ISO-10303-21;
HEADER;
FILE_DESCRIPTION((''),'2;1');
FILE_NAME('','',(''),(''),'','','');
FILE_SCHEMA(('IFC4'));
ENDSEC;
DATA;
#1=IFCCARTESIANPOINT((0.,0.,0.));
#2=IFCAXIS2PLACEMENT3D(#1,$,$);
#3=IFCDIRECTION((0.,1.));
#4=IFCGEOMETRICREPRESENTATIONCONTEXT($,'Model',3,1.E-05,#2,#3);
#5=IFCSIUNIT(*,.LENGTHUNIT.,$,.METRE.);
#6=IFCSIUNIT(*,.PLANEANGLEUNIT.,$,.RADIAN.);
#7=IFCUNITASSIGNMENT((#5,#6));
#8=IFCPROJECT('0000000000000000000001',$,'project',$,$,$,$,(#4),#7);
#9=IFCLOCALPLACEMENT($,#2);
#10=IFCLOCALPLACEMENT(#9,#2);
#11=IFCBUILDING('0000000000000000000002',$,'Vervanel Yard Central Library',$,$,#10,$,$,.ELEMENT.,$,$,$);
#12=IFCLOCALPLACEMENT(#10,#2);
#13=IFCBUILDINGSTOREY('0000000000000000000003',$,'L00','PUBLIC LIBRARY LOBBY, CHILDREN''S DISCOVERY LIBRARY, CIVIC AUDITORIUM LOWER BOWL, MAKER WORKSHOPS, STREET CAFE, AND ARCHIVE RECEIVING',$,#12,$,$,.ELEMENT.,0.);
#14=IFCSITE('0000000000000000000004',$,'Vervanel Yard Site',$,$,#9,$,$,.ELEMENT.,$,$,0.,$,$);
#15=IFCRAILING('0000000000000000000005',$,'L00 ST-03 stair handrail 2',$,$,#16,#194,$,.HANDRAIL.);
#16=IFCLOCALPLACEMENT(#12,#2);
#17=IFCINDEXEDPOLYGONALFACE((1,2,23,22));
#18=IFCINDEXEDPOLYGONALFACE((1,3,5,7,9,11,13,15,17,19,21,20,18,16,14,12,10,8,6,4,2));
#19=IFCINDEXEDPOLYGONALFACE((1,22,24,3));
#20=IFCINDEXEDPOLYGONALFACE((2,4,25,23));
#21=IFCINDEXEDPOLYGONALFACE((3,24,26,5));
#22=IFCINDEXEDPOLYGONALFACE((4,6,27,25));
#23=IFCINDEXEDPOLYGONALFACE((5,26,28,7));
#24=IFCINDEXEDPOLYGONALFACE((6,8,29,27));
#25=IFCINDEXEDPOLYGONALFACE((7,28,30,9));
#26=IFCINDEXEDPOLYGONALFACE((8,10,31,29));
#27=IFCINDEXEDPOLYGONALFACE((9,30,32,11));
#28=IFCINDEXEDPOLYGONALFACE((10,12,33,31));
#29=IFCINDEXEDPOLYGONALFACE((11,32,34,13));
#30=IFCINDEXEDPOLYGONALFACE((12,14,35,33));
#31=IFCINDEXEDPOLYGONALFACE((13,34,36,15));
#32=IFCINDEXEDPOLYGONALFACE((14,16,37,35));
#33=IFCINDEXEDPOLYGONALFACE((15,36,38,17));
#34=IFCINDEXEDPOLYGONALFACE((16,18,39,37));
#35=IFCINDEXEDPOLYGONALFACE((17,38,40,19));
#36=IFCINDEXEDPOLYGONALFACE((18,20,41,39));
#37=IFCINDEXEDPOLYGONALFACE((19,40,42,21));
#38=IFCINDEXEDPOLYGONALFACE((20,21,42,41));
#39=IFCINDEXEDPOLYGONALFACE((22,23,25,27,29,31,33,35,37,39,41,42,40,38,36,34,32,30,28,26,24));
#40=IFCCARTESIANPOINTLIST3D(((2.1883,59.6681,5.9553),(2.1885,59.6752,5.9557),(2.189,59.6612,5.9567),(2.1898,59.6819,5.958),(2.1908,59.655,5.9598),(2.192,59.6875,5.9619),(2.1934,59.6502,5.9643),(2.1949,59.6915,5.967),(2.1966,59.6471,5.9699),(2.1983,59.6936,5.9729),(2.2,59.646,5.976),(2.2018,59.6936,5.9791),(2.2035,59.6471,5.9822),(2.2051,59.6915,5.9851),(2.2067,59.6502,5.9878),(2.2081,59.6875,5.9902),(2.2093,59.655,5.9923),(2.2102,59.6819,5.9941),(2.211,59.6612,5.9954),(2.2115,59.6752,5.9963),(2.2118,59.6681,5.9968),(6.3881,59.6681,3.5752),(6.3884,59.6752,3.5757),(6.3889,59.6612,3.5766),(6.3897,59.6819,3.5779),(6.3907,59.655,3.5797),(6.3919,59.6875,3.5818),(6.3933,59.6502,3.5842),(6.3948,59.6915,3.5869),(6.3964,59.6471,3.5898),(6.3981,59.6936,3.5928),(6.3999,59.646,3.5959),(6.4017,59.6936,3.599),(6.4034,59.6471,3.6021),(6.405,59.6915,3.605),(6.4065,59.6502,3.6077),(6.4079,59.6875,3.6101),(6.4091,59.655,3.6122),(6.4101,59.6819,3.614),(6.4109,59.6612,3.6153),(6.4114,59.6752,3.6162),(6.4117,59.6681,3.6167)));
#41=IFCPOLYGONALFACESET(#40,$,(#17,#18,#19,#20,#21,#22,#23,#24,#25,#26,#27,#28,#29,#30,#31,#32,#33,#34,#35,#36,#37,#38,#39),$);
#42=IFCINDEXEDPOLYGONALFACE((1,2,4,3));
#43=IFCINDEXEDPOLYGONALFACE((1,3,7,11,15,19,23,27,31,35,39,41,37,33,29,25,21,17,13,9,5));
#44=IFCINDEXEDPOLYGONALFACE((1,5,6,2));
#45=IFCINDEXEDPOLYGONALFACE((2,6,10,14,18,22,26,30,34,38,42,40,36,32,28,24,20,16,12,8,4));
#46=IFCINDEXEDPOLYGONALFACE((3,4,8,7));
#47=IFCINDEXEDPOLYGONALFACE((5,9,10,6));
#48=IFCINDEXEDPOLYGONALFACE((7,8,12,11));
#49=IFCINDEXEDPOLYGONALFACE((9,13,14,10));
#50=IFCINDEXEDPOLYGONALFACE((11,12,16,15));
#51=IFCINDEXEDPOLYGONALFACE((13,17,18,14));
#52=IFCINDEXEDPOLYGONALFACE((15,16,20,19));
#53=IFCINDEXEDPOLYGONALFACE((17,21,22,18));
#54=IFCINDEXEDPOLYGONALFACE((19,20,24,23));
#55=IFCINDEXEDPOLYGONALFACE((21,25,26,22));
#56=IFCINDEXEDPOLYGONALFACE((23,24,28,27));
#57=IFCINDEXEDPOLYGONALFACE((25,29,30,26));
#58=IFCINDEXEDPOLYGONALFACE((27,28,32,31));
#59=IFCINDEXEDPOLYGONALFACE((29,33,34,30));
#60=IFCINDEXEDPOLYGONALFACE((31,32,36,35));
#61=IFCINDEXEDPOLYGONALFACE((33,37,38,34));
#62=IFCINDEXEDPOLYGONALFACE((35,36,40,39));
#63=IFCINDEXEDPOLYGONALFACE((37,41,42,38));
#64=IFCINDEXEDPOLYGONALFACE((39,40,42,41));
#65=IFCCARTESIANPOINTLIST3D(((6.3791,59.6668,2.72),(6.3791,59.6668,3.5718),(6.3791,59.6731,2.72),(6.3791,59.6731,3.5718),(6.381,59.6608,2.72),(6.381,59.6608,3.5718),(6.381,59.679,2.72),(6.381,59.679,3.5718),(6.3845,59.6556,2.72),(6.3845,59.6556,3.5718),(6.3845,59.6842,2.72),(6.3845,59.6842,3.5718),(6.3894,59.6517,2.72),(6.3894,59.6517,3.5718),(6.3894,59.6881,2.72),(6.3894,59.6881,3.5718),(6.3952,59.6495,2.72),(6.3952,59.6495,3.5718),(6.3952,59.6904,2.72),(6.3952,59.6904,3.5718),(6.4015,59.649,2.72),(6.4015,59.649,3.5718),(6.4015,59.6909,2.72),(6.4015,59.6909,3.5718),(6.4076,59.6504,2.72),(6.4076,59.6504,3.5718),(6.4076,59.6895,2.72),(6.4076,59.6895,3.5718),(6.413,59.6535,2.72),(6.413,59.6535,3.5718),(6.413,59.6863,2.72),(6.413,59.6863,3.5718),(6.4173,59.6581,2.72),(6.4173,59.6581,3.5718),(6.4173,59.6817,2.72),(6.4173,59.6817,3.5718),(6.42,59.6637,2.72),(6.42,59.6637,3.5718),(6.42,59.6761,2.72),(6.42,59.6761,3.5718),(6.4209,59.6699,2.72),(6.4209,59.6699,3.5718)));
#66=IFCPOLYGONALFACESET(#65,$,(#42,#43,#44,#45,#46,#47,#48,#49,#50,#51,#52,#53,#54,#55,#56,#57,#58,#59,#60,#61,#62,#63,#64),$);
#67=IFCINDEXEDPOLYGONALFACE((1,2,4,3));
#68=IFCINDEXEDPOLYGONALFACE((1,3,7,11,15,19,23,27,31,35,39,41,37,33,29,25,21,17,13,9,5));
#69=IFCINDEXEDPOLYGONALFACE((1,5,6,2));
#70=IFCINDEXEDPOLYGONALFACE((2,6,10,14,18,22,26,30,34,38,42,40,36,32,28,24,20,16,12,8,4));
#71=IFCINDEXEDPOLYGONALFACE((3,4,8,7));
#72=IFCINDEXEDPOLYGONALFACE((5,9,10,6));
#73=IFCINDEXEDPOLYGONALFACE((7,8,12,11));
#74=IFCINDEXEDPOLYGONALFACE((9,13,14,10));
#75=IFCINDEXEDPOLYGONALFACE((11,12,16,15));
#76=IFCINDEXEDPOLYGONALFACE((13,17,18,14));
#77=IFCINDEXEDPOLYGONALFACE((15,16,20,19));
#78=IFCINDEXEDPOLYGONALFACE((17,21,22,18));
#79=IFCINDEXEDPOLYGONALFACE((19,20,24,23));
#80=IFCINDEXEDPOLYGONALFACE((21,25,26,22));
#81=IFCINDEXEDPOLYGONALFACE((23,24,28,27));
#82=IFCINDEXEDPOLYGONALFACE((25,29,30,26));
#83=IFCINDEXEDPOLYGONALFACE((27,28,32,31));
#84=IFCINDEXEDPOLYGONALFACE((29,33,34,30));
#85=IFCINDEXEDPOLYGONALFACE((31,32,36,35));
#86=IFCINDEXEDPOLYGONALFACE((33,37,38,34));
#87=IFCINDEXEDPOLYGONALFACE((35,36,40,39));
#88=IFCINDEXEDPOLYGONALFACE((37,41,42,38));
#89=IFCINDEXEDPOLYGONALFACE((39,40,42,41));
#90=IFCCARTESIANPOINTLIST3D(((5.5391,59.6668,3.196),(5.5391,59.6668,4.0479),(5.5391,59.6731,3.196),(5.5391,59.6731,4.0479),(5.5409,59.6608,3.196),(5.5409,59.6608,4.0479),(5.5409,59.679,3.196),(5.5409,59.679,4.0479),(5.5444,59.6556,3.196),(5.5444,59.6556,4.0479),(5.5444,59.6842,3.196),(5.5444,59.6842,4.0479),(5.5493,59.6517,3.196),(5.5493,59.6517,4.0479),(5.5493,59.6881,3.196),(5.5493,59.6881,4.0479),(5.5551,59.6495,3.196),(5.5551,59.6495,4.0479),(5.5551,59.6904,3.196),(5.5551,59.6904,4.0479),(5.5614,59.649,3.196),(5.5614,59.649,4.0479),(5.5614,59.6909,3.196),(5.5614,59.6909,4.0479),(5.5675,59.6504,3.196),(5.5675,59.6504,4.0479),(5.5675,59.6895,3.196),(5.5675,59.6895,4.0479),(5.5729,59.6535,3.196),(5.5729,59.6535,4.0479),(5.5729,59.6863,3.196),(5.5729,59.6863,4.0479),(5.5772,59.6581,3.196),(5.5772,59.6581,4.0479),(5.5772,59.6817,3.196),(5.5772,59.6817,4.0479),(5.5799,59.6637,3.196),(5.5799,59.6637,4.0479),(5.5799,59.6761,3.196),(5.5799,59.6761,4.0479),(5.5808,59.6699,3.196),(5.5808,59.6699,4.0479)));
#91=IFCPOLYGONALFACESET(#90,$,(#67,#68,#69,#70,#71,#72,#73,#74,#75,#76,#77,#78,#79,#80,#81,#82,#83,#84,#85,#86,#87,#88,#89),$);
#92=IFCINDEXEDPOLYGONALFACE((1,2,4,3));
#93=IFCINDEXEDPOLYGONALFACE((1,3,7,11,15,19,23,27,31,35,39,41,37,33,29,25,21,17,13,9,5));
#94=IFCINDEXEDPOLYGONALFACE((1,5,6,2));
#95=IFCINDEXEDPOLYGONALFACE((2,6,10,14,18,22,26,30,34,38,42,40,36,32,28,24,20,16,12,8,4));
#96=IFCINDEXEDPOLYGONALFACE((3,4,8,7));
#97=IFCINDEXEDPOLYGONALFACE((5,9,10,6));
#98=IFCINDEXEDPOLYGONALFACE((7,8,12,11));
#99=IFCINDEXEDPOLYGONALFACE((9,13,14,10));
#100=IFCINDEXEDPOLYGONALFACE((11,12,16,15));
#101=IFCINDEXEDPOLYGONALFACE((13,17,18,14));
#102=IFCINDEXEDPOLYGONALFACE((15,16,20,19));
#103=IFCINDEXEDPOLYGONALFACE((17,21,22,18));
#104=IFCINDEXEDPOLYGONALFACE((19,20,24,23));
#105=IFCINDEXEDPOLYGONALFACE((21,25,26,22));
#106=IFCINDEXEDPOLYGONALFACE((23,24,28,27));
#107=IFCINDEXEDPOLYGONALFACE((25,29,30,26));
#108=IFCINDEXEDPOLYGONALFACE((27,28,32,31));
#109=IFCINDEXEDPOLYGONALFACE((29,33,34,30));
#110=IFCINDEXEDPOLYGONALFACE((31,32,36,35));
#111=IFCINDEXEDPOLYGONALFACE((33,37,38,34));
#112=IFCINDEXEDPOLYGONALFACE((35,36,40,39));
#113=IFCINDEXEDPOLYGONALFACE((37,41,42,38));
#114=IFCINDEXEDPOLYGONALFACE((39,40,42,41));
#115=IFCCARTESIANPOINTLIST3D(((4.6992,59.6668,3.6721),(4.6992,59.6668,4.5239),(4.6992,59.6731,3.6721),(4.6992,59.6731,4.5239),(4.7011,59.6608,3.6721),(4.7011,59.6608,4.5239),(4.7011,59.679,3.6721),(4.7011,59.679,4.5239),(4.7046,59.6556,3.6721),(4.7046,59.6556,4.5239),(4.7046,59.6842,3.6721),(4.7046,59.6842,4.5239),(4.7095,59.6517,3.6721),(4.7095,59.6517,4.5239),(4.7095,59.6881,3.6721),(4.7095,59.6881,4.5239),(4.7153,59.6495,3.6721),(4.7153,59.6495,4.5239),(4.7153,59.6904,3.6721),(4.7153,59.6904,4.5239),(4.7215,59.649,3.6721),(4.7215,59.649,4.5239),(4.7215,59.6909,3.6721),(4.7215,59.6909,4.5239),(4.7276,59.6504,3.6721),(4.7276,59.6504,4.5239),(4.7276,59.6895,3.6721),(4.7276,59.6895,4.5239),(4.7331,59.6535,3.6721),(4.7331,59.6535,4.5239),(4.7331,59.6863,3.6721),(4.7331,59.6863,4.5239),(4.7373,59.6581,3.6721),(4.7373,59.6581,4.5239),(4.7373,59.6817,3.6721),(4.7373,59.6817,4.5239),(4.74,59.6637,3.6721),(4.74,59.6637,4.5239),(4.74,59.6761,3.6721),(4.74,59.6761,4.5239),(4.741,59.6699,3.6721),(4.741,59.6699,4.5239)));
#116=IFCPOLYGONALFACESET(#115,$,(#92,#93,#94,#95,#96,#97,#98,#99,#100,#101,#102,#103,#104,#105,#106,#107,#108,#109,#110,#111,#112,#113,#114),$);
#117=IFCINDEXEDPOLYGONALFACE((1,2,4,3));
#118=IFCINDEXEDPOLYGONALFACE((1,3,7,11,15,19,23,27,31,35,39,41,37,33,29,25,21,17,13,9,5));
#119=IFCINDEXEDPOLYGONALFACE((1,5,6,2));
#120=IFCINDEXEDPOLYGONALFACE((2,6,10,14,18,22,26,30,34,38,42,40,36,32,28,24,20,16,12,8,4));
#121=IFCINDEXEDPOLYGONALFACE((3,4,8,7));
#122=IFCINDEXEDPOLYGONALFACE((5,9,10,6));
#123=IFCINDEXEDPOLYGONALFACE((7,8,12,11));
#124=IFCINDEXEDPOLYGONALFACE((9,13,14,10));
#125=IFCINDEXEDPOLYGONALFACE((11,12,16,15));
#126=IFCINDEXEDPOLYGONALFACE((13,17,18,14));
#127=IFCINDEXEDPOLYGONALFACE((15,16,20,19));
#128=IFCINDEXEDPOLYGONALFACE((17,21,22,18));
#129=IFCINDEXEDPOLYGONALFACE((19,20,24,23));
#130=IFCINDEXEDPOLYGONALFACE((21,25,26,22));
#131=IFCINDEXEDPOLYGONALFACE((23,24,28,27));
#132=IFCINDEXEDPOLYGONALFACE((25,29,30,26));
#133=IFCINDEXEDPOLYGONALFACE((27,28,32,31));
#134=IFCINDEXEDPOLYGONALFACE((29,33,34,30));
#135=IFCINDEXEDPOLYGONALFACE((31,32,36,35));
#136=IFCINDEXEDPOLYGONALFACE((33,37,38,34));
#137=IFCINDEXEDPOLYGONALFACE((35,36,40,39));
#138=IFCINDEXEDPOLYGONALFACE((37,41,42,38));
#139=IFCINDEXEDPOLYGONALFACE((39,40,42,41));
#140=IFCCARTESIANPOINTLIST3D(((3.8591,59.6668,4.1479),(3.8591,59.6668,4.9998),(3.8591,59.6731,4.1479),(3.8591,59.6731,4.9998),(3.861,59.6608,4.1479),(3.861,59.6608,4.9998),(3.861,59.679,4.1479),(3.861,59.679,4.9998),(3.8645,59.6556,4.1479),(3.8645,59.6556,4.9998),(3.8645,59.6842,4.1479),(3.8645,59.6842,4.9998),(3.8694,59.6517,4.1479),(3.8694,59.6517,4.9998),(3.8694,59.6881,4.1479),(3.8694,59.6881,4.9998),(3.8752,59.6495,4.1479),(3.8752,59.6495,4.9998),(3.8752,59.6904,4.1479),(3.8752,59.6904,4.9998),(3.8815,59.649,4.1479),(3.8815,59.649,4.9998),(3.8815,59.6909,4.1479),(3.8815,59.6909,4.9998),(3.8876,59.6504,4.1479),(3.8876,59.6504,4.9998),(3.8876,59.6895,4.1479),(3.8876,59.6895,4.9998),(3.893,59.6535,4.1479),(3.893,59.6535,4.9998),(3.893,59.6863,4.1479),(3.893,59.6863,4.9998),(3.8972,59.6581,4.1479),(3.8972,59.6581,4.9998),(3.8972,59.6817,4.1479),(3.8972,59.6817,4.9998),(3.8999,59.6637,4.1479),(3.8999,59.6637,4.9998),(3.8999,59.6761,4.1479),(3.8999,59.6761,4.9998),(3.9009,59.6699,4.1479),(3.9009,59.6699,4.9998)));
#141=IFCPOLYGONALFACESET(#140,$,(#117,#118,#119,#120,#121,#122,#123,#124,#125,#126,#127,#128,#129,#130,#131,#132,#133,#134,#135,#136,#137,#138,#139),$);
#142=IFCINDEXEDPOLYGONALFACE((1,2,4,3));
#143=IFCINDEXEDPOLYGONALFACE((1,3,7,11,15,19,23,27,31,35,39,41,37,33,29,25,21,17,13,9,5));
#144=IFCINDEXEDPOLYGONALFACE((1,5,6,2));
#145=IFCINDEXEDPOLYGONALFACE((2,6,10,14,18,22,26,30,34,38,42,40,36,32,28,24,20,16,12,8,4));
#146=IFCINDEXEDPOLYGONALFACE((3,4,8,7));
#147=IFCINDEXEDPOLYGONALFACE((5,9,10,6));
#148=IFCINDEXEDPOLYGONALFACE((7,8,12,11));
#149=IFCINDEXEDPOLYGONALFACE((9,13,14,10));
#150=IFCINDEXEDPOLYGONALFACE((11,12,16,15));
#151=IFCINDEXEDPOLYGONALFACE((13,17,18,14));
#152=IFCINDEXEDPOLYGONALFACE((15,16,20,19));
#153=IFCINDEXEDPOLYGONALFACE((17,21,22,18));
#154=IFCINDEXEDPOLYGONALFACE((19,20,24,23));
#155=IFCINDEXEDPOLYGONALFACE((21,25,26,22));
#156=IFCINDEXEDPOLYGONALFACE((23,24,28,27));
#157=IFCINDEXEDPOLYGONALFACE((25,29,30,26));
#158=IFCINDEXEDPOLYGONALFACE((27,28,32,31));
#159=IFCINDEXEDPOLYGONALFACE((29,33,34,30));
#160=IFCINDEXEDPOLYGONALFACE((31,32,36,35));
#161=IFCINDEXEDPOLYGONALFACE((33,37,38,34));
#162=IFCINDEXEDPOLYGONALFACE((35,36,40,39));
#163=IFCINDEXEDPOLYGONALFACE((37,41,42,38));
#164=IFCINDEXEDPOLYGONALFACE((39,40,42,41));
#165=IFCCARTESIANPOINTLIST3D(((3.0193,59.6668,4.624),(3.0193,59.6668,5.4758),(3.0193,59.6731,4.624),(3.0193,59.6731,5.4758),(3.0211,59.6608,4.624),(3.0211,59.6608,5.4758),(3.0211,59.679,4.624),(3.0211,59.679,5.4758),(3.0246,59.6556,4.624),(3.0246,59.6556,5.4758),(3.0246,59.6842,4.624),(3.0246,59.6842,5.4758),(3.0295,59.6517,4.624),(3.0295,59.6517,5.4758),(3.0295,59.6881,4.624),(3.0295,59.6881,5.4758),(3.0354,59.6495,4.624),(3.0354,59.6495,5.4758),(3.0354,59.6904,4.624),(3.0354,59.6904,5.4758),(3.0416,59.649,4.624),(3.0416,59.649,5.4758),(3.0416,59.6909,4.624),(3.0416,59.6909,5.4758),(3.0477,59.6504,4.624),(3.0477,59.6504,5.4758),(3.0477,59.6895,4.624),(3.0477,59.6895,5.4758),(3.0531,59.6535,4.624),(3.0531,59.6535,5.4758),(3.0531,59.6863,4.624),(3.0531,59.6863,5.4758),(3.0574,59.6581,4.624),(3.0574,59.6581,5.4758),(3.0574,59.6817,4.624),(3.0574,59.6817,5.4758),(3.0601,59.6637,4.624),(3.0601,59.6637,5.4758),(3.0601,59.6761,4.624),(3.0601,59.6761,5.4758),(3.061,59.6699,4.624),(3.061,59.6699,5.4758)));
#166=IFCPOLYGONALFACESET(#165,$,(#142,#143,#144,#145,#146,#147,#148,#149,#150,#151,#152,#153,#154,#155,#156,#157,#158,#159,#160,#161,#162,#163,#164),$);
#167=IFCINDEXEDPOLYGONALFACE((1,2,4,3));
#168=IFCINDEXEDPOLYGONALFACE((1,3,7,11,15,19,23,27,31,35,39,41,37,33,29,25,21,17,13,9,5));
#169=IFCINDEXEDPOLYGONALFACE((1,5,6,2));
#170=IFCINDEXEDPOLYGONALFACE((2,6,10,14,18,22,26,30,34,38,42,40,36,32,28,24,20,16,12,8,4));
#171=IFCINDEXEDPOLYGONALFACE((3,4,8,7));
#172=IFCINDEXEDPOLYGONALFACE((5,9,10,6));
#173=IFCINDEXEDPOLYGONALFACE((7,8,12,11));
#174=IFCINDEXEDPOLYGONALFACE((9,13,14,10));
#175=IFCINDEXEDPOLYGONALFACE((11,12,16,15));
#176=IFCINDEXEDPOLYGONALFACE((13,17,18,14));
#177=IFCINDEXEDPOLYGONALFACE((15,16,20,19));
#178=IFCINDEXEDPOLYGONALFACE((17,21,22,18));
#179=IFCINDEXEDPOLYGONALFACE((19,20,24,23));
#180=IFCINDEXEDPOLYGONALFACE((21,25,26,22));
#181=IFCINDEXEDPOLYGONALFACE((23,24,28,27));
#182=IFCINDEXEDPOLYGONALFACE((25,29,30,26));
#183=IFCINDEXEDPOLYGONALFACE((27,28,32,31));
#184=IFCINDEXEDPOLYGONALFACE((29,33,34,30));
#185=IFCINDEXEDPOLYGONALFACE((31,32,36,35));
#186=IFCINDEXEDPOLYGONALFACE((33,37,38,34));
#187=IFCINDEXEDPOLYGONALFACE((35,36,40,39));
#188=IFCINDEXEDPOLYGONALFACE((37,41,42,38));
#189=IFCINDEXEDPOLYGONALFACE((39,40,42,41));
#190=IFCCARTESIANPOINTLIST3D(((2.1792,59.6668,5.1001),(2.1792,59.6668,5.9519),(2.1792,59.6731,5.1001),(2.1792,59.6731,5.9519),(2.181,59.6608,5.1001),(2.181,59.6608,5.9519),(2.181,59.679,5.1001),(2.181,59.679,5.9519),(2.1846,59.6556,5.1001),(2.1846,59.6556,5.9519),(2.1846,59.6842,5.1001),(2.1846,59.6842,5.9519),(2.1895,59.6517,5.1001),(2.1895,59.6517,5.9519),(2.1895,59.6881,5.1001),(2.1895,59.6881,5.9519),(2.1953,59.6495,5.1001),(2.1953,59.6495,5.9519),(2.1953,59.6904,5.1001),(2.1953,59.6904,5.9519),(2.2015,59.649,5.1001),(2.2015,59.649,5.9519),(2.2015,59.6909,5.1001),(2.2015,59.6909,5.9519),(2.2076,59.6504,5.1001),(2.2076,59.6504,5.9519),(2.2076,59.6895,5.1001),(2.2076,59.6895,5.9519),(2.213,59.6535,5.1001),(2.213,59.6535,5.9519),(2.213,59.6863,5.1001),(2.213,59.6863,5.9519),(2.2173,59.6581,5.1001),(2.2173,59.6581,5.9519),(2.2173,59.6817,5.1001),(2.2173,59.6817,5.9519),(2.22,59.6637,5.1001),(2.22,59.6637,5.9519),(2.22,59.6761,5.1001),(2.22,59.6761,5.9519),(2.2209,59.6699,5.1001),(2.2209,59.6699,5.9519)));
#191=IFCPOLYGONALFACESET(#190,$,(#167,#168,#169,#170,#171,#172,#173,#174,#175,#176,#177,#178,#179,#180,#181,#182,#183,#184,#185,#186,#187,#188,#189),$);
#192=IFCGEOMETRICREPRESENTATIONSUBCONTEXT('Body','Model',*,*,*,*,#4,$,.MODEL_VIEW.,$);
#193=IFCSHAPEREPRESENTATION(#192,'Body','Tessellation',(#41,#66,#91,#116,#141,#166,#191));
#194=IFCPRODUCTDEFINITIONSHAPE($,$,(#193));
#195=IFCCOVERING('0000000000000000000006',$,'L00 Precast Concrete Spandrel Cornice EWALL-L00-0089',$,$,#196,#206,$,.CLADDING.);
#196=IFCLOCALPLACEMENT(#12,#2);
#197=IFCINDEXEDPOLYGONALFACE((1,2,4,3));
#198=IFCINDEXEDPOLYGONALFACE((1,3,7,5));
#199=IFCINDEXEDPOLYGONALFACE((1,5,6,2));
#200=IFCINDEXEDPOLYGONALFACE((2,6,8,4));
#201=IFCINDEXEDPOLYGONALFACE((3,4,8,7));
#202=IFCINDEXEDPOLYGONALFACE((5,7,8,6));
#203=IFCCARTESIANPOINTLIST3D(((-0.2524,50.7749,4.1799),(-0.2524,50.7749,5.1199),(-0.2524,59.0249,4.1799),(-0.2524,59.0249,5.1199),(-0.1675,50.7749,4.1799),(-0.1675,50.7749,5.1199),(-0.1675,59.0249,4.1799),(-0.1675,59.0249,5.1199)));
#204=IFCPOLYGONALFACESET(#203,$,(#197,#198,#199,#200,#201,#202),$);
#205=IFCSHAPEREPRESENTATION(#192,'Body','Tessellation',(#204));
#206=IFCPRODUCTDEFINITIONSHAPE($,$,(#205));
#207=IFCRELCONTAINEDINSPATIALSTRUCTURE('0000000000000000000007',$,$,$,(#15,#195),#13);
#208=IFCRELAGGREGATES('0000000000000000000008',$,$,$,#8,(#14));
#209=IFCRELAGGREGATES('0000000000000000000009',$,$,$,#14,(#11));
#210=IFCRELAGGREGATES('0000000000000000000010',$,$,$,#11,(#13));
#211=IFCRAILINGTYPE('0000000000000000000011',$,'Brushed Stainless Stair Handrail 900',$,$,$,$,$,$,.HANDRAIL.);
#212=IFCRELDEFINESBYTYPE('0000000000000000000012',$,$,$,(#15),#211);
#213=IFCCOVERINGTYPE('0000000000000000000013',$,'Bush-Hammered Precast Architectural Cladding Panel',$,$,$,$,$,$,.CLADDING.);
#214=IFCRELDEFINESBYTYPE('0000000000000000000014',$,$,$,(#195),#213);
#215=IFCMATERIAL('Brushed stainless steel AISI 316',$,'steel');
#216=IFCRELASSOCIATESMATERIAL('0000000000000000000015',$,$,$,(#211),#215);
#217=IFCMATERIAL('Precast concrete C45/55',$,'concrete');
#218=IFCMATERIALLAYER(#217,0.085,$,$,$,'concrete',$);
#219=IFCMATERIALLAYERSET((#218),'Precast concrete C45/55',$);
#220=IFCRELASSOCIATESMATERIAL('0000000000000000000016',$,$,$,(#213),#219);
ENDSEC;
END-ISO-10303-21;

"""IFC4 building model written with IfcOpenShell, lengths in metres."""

from ifc_helpers import new_model, si_unit, direction, frame, origin, origin_2d, place, context, subcontext, project, spatial, rectangle, circle, extrude, material, layer, layer_set, type_object, element, save


model = new_model("IFC4")

# Units and contexts
model_context = context("Model", 3, precision=1e-05, world=origin(), true_north=direction((0.0, 1.0)))
body_context = subcontext(model_context, "Body", "Model", "MODEL_VIEW")
ifc_project = project(units=[si_unit("LENGTHUNIT", "METRE"), si_unit("PLANEANGLEUNIT", "RADIAN")], contexts=[model_context])

# Site, building, storey
site_placement = place(None, origin())
site = spatial("IfcSite", under=ifc_project, at=site_placement, Name="Vervanel Yard Site", CompositionType="ELEMENT", RefElevation=0.0)
building_placement = place(site_placement, origin())
building = spatial("IfcBuilding", under=site, at=building_placement, Name="Vervanel Yard Central Library", CompositionType="ELEMENT")
storey_placement = place(building_placement, origin())
storey = spatial("IfcBuildingStorey", under=building, at=storey_placement, Name="L00", Description="PUBLIC LIBRARY LOBBY, CHILDREN'S DISCOVERY LIBRARY, CIVIC AUDITORIUM LOWER BOWL, MAKER WORKSHOPS, STREET CAFE, AND ARCHIVE RECEIVING", CompositionType="ELEMENT", Elevation=0.0)

# Railing
ifc_material_1 = material(Name="Brushed stainless steel AISI 316", Category="steel")
railing_type_1 = type_object("IfcRailingType", Name="Brushed Stainless Stair Handrail 900", PredefinedType="HANDRAIL", material=ifc_material_1)
railing_1_placement = place(storey_placement, frame((6.3999, 59.6699, 2.72)))
element("IfcRailing", 1, at=railing_1_placement, inside=storey, type_object=railing_type_1, Name="L00 ST-03 stair handrail 2", PredefinedType="HANDRAIL", context=body_context, shape_type="SweptSolid", body=[
    extrude(circle(Radius=0.0239, at=origin_2d()), frame((0.0, 0.0, 0.876), z_axis=(-0.870008, 0.0, 0.493037), x_axis=(0.0, -1.0, 0.0)), (0.0, 0.0, 1.0), 4.8274),
    extrude(circle(Radius=0.021, at=origin_2d()), origin(), (0.0, 0.0, 1.0), 0.8518),
    extrude(circle(Radius=0.021, at=origin_2d()), frame((-0.8401, 0.0, 0.4761)), (0.0, 0.0, 1.0), 0.8518),
    extrude(circle(Radius=0.021, at=origin_2d()), frame((-1.6799, 0.0, 0.9521)), (0.0, 0.0, 1.0), 0.8518),
    extrude(circle(Radius=0.021, at=origin_2d()), frame((-2.52, 0.0, 1.428)), (0.0, 0.0, 1.0), 0.8518),
    extrude(circle(Radius=0.021, at=origin_2d()), frame((-3.3599, 0.0, 1.9041)), (0.0, 0.0, 1.0), 0.8518),
    extrude(circle(Radius=0.021, at=origin_2d()), frame((-4.2, 0.0, 2.3801)), (0.0, 0.0, 1.0), 0.8518),
])

# Covering
ifc_material_2 = material(Name="Precast concrete C45/55", Category="concrete")
ifc_layer_1 = layer(ifc_material_2, 0.085, Category="concrete")
ifc_layer_set_1 = layer_set([ifc_layer_1], Name="Precast concrete C45/55")
covering_type = type_object("IfcCoveringType", Name="Bush-Hammered Precast Architectural Cladding Panel", PredefinedType="CLADDING", material=ifc_layer_set_1)
covering_1_placement = place(storey_placement, frame((-0.21, 54.8999, 4.1799), z_axis=(0.0, 0.0, 1.0), x_axis=(0.0, 1.0, 0.0)))
element("IfcCovering", 2, at=covering_1_placement, inside=storey, type_object=covering_type, Name="L00 Precast Concrete Spandrel Cornice EWALL-L00-0089", PredefinedType="CLADDING", context=body_context, shape_type="SweptSolid", body=[
    extrude(rectangle(XDim=8.25, YDim=0.085, at=origin_2d()), origin(), (0.0, 0.0, 1.0), 0.9399),
])

save(model, "model.ifc")
